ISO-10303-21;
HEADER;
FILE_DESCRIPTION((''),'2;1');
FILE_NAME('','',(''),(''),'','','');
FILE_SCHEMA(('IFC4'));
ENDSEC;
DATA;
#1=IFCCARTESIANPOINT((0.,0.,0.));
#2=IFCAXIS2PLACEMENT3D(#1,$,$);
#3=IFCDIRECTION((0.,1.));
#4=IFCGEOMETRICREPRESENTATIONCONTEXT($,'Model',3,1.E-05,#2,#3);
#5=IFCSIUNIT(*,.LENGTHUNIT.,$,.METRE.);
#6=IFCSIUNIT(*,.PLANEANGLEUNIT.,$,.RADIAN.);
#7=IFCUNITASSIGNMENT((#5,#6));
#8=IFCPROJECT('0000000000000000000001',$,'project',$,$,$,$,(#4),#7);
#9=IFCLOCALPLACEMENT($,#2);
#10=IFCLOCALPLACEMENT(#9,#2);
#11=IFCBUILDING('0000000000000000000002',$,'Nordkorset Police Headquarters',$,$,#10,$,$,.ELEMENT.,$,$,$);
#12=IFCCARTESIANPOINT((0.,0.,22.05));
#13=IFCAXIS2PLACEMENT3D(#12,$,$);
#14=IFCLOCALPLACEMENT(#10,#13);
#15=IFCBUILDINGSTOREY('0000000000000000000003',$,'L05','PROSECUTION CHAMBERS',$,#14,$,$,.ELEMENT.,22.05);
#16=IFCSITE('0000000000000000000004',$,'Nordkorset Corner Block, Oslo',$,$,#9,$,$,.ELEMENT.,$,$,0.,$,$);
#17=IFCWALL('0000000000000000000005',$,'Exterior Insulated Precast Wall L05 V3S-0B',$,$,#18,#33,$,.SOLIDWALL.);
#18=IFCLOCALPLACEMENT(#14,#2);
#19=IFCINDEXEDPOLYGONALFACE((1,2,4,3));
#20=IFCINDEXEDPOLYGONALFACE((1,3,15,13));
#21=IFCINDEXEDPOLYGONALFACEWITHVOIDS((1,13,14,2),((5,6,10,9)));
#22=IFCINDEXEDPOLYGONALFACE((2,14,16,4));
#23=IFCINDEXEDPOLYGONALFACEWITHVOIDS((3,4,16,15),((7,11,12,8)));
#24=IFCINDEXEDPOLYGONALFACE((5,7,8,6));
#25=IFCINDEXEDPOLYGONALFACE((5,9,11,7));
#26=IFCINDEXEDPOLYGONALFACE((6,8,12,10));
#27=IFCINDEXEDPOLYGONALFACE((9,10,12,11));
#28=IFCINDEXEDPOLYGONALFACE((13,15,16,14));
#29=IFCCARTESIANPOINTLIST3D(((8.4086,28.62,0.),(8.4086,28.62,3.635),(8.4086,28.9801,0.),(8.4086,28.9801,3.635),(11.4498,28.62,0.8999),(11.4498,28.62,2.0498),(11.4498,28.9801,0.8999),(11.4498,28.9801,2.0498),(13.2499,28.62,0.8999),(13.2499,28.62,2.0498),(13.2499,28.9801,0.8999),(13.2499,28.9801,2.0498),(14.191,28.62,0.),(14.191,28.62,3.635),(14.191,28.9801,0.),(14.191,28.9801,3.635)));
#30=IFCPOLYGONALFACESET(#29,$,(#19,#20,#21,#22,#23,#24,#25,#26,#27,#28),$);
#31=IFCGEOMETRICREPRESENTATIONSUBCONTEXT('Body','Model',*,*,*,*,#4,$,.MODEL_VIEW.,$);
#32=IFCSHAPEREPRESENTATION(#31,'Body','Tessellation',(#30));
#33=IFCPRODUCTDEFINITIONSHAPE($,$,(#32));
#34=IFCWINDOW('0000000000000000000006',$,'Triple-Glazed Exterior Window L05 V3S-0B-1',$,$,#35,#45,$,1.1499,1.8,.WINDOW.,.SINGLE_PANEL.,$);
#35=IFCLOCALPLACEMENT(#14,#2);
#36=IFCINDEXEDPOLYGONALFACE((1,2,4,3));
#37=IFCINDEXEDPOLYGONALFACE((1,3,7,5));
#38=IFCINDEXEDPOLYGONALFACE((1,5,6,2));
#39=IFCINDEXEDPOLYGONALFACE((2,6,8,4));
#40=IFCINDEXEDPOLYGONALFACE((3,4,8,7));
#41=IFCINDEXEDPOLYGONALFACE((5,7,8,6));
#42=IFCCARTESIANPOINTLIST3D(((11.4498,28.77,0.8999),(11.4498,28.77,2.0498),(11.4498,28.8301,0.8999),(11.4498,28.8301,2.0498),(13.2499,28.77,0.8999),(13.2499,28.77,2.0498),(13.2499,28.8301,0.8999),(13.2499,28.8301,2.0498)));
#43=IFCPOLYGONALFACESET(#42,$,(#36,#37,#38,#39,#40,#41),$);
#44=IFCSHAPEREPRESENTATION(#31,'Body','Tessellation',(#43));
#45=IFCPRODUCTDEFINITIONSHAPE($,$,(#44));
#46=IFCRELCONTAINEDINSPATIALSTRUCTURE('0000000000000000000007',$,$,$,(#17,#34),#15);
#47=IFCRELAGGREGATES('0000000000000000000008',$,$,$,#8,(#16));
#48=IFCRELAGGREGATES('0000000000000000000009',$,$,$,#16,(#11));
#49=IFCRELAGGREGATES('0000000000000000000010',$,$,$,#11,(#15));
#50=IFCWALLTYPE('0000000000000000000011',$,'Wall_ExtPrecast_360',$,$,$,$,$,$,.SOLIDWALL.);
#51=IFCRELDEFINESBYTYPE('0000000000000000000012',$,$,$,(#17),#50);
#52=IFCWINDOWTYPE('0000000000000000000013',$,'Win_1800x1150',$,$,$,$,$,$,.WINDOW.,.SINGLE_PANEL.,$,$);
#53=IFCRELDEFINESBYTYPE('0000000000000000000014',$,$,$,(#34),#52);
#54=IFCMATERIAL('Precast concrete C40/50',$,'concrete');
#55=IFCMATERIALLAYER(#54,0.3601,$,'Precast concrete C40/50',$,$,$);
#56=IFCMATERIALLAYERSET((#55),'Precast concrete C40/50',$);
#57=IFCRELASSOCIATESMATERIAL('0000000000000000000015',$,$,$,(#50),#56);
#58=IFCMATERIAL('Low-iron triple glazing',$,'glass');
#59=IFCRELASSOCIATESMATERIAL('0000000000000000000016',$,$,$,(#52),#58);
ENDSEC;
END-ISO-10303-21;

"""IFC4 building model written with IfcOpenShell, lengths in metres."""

from ifc_helpers import new_model, si_unit, direction, frame, frame_2d, origin, place, context, subcontext, project, spatial, rectangle, extrude, material, layer, layer_set, type_object, element, fill, save


model = new_model("IFC4")

# Units and contexts
model_context = context("Model", 3, precision=1e-05, world=origin(), true_north=direction((0.0, 1.0)))
body_context = subcontext(model_context, "Body", "Model", "MODEL_VIEW")
ifc_project = project(units=[si_unit("LENGTHUNIT", "METRE"), si_unit("PLANEANGLEUNIT", "RADIAN")], contexts=[model_context])

# Site, building, storey
site_placement = place(None, origin())
site = spatial("IfcSite", under=ifc_project, at=site_placement, Name="Nordkorset Corner Block, Oslo", CompositionType="ELEMENT", RefElevation=0.0)
building_placement = place(site_placement, origin())
building = spatial("IfcBuilding", under=site, at=building_placement, Name="Nordkorset Police Headquarters", CompositionType="ELEMENT")
storey_placement = place(building_placement, frame((0.0, 0.0, 22.05)))
storey = spatial("IfcBuildingStorey", under=building, at=storey_placement, Name="L05", Description="PROSECUTION CHAMBERS", CompositionType="ELEMENT", Elevation=22.05)

# Wall, opening, window
ifc_material_1 = material(Name="Precast concrete C40/50", Category="concrete")
ifc_layer_1 = layer(ifc_material_1, 0.3601, Name="Precast concrete C40/50")
ifc_layer_set_1 = layer_set([ifc_layer_1], Name="Precast concrete C40/50")
wall_type = type_object("IfcWallType", Name="Wall_ExtPrecast_360", PredefinedType="SOLIDWALL", material=ifc_layer_set_1)
wall_placement = place(storey_placement, frame((8.4087, 28.8, 0.0), z_axis=(0.0, 0.0, 1.0), x_axis=(1.0, 0.0, 0.0)))
wall = element("IfcWall", 1, at=wall_placement, inside=storey, type_object=wall_type, Name="Exterior Insulated Precast Wall L05 V3S-0B", PredefinedType="SOLIDWALL", context=body_context, shape_type="SweptSolid", body=[
    extrude(rectangle(XDim=5.7825, YDim=0.3601, at=frame_2d((2.8911, 0.0))), origin(), (0.0, 0.0, 1.0), 3.635),
])
opening_placement = place(wall_placement, frame((3.0413, 0.0, 0.8999)))
opening = element("IfcOpeningElement", 2, at=opening_placement, cuts=wall, PredefinedType="OPENING", context=body_context, shape_type="SweptSolid", body=[
    extrude(rectangle(XDim=1.8, YDim=1.1499, at=frame_2d((0.8999, 0.575))), frame((0.0, 0.1899, 0.0), z_axis=(0.0, -1.0, 0.0), x_axis=(1.0, 0.0, 0.0)), (0.0, 0.0, 1.0), 0.3801),
])
ifc_material_2 = material(Name="Low-iron triple glazing", Category="glass")
window_type = type_object("IfcWindowType", Name="Win_1800x1150", PartitioningType="SINGLE_PANEL", PredefinedType="WINDOW", material=ifc_material_2)
window_placement = place(opening_placement, origin())
window = element("IfcWindow", 3, at=window_placement, inside=storey, type_object=window_type, Name="Triple-Glazed Exterior Window L05 V3S-0B-1", OverallHeight=1.1499, OverallWidth=1.8, PartitioningType="SINGLE_PANEL", PredefinedType="WINDOW", context=body_context, shape_type="SweptSolid", body=[
    extrude(rectangle(XDim=1.8, YDim=1.1499, at=frame_2d((0.8999, 0.575))), frame((0.0, 0.03, 0.0), z_axis=(0.0, -1.0, 0.0), x_axis=(1.0, 0.0, 0.0)), (0.0, 0.0, 1.0), 0.0601),
])
fill(opening, window)

save(model, "model.ifc")
